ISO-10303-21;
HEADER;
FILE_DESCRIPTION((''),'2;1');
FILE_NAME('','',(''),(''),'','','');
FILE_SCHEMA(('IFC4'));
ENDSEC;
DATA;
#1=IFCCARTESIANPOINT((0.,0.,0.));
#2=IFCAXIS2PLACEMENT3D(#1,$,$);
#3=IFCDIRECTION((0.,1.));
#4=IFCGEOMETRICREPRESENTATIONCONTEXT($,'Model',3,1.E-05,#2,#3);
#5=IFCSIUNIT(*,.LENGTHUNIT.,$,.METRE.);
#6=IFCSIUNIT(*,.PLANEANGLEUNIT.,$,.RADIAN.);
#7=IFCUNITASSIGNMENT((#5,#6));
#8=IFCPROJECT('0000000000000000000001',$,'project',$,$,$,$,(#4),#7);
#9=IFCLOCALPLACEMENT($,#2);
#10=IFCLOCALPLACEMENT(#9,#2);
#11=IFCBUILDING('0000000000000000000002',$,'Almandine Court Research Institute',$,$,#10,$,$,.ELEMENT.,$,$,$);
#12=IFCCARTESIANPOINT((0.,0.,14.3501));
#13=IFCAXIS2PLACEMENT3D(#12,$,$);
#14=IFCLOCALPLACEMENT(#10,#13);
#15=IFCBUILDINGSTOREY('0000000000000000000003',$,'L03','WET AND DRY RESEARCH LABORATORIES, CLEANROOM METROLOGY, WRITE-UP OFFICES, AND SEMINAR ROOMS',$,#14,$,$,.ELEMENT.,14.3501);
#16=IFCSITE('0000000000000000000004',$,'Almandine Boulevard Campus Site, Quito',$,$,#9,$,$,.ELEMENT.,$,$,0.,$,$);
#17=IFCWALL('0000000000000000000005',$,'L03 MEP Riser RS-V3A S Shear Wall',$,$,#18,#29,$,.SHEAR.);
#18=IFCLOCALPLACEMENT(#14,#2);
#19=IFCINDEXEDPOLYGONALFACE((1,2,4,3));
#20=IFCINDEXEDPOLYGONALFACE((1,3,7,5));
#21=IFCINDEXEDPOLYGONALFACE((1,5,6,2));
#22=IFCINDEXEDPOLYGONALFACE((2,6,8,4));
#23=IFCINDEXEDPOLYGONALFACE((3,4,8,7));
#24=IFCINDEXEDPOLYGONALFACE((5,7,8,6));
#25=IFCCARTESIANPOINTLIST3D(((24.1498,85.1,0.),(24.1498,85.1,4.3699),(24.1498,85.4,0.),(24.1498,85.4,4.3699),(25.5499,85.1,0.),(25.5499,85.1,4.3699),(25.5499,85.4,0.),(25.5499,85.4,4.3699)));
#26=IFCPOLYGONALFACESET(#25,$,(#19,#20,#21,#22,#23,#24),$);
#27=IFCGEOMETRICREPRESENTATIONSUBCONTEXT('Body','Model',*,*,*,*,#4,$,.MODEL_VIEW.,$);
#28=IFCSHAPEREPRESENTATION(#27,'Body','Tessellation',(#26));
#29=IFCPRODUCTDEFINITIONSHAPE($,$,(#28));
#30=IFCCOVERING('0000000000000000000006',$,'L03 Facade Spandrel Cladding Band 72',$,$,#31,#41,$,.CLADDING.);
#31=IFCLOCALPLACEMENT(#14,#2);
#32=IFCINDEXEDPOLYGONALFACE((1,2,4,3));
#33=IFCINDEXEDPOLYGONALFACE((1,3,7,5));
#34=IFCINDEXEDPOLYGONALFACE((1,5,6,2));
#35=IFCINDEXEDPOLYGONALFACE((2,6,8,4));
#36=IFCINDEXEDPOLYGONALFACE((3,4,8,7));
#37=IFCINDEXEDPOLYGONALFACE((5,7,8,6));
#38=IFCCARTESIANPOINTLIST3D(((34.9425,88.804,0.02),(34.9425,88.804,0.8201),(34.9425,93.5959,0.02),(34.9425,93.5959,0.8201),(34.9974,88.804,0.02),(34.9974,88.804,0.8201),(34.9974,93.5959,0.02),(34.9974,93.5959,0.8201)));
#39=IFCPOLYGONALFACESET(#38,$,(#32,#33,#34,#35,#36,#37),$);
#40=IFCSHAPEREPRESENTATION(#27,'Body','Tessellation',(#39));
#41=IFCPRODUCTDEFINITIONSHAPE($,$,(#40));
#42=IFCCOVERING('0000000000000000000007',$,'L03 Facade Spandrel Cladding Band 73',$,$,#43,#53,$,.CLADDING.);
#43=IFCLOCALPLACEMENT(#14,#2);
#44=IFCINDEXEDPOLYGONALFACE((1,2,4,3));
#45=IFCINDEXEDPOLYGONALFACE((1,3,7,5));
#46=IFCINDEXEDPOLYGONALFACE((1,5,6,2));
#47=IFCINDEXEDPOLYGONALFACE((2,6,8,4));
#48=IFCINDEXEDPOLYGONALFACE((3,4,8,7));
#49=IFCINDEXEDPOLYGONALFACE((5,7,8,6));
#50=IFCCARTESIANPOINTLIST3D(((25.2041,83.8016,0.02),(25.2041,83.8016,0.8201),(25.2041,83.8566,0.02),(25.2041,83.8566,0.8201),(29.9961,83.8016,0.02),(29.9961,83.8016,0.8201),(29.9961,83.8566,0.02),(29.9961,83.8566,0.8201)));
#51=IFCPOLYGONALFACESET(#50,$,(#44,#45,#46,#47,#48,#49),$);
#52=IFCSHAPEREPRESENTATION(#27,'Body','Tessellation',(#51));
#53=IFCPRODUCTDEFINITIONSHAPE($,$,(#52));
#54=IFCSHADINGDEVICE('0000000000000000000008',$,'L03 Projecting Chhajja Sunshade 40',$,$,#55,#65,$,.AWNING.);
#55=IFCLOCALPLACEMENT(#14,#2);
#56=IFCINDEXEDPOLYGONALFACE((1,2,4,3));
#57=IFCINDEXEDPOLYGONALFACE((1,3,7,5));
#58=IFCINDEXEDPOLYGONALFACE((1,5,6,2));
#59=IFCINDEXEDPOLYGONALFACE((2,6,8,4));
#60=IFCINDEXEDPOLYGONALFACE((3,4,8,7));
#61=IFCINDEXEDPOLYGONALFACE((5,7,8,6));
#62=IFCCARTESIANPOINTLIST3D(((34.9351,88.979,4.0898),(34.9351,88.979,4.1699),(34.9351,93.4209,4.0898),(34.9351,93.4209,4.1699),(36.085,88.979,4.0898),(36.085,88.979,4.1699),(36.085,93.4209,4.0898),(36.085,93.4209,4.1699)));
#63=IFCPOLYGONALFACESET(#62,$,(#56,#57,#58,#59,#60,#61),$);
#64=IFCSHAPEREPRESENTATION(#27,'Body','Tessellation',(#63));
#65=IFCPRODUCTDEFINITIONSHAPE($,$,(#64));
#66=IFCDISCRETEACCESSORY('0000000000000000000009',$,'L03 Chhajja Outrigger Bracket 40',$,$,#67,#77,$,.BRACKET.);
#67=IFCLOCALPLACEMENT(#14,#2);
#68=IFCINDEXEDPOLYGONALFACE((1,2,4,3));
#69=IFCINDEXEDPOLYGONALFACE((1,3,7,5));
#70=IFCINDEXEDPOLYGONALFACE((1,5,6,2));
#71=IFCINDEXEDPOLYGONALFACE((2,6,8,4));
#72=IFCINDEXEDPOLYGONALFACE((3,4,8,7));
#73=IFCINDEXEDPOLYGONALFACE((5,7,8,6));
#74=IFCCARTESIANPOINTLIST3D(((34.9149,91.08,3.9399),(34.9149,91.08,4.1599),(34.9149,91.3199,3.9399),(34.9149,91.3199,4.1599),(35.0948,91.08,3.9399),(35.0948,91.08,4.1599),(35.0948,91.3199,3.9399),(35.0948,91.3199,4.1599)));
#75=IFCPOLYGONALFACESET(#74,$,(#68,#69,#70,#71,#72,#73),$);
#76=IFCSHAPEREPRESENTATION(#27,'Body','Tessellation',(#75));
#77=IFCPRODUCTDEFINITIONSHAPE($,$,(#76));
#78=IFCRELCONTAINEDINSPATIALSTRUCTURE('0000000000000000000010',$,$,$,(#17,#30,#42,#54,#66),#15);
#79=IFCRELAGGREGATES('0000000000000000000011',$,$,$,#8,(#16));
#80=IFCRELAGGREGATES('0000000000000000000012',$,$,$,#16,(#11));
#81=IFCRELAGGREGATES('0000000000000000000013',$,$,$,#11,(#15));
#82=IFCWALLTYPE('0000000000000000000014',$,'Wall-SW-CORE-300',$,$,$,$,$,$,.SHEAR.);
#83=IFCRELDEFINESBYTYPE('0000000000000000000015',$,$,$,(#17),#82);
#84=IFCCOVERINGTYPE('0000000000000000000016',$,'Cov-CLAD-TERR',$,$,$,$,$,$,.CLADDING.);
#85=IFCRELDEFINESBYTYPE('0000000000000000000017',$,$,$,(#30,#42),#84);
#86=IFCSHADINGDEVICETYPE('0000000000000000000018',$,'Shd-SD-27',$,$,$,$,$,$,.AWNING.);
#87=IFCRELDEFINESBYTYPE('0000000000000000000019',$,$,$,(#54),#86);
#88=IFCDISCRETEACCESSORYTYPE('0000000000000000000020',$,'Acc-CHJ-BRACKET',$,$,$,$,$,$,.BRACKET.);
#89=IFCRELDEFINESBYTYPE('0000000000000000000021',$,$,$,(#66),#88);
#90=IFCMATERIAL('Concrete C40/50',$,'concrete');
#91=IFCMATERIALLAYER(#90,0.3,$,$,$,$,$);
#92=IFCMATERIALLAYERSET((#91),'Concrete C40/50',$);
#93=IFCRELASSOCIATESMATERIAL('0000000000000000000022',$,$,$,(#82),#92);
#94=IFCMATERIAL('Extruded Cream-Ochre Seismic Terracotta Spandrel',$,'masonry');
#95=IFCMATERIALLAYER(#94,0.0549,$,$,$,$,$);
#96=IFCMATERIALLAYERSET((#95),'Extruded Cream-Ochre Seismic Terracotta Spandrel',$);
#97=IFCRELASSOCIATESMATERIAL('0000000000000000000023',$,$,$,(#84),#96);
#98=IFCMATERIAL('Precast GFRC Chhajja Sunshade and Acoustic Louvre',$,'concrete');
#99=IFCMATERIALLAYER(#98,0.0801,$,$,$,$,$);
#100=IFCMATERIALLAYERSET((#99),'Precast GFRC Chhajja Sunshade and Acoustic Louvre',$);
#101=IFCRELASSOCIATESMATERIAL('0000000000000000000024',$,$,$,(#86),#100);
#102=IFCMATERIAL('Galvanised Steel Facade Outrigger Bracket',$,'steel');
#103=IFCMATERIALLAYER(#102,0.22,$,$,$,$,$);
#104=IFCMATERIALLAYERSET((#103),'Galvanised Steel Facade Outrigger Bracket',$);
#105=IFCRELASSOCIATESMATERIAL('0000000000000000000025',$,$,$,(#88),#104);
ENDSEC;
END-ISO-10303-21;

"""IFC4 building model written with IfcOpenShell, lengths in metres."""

from ifc_helpers import new_model, si_unit, direction, frame, frame_2d, origin, origin_2d, place, context, subcontext, project, spatial, rectangle, extrude, material, layer, layer_set, type_object, element, save


model = new_model("IFC4")

# Units and contexts
model_context = context("Model", 3, precision=1e-05, world=origin(), true_north=direction((0.0, 1.0)))
body_context = subcontext(model_context, "Body", "Model", "MODEL_VIEW")
ifc_project = project(units=[si_unit("LENGTHUNIT", "METRE"), si_unit("PLANEANGLEUNIT", "RADIAN")], contexts=[model_context])

# Site, building, storey
site_placement = place(None, origin())
site = spatial("IfcSite", under=ifc_project, at=site_placement, Name="Almandine Boulevard Campus Site, Quito", CompositionType="ELEMENT", RefElevation=0.0)
building_placement = place(site_placement, origin())
building = spatial("IfcBuilding", under=site, at=building_placement, Name="Almandine Court Research Institute", CompositionType="ELEMENT")
storey_placement = place(building_placement, frame((0.0, 0.0, 14.3501)))
storey = spatial("IfcBuildingStorey", under=building, at=storey_placement, Name="L03", Description="WET AND DRY RESEARCH LABORATORIES, CLEANROOM METROLOGY, WRITE-UP OFFICES, AND SEMINAR ROOMS", CompositionType="ELEMENT", Elevation=14.3501)

# Wall
ifc_material_1 = material(Name="Concrete C40/50", Category="concrete")
ifc_layer_1 = layer(ifc_material_1, 0.3)
ifc_layer_set_1 = layer_set([ifc_layer_1], Name="Concrete C40/50")
wall_type_1 = type_object("IfcWallType", Name="Wall-SW-CORE-300", PredefinedType="SHEAR", material=ifc_layer_set_1)
wall_1_placement = place(storey_placement, frame((25.55, 85.25, 0.0), z_axis=(0.0, 0.0, 1.0), x_axis=(-1.0, 0.0, 0.0)))
element("IfcWall", 1, at=wall_1_placement, inside=storey, type_object=wall_type_1, Name="L03 MEP Riser RS-V3A S Shear Wall", PredefinedType="SHEAR", context=body_context, shape_type="SweptSolid", body=[
    extrude(rectangle(XDim=1.4001, YDim=0.3, at=frame_2d((0.7002, 0.0))), origin(), (0.0, 0.0, 1.0), 4.3699),
])

# Coverings
ifc_material_2 = material(Name="Extruded Cream-Ochre Seismic Terracotta Spandrel", Category="masonry")
ifc_layer_2 = layer(ifc_material_2, 0.0549)
ifc_layer_set_2 = layer_set([ifc_layer_2], Name="Extruded Cream-Ochre Seismic Terracotta Spandrel")
covering_type = type_object("IfcCoveringType", Name="Cov-CLAD-TERR", PredefinedType="CLADDING", material=ifc_layer_set_2)
for number, where, z_axis, x_axis, name in (
    (2, (34.97, 91.2, 0.02), (0.0, 0.0, 1.0), (0.0, -1.0, 0.0), "L03 Facade Spandrel Cladding Band 72"),
    (3, (27.6001, 83.8291, 0.02), (0.0, 0.0, 1.0), (-1.0, 0.0, 0.0), "L03 Facade Spandrel Cladding Band 73"),
):
    element("IfcCovering", number, at=place(storey_placement, frame(where, z_axis=z_axis, x_axis=x_axis)), inside=storey, type_object=covering_type, Name=name, PredefinedType="CLADDING", context=body_context, shape_type="SweptSolid", body=[
        extrude(rectangle(XDim=4.792, YDim=0.0549, at=origin_2d()), origin(), (0.0, 0.0, 1.0), 0.8),
    ])

# Shading device
ifc_material_3 = material(Name="Precast GFRC Chhajja Sunshade and Acoustic Louvre", Category="concrete")
ifc_layer_3 = layer(ifc_material_3, 0.0801)
ifc_layer_set_3 = layer_set([ifc_layer_3], Name="Precast GFRC Chhajja Sunshade and Acoustic Louvre")
shading_device_type = type_object("IfcShadingDeviceType", Name="Shd-SD-27", PredefinedType="AWNING", material=ifc_layer_set_3)
shading_device_placement = place(storey_placement, frame((35.51, 91.2, 4.0898), z_axis=(0.0, 0.0, 1.0), x_axis=(0.0, -1.0, 0.0)))
element("IfcShadingDevice", 4, at=shading_device_placement, inside=storey, type_object=shading_device_type, Name="L03 Projecting Chhajja Sunshade 40", PredefinedType="AWNING", context=body_context, shape_type="SweptSolid", body=[
    extrude(rectangle(XDim=4.4419, YDim=1.1499, at=origin_2d()), origin(), (0.0, 0.0, 1.0), 0.0801),
])

# Discrete accessory
ifc_material_4 = material(Name="Galvanised Steel Facade Outrigger Bracket", Category="steel")
ifc_layer_4 = layer(ifc_material_4, 0.22)
ifc_layer_set_4 = layer_set([ifc_layer_4], Name="Galvanised Steel Facade Outrigger Bracket")
discrete_accessory_type = type_object("IfcDiscreteAccessoryType", Name="Acc-CHJ-BRACKET", PredefinedType="BRACKET", material=ifc_layer_set_4)
discrete_accessory_placement = place(storey_placement, frame((35.0049, 91.2, 3.9399), z_axis=(0.0, 0.0, 1.0), x_axis=(0.0, -1.0, 0.0)))
element("IfcDiscreteAccessory", 5, at=discrete_accessory_placement, inside=storey, type_object=discrete_accessory_type, Name="L03 Chhajja Outrigger Bracket 40", PredefinedType="BRACKET", context=body_context, shape_type="SweptSolid", body=[
    extrude(rectangle(XDim=0.24, YDim=0.1799, at=origin_2d()), origin(), (0.0, 0.0, 1.0), 0.22),
])

save(model, "model.ifc")
